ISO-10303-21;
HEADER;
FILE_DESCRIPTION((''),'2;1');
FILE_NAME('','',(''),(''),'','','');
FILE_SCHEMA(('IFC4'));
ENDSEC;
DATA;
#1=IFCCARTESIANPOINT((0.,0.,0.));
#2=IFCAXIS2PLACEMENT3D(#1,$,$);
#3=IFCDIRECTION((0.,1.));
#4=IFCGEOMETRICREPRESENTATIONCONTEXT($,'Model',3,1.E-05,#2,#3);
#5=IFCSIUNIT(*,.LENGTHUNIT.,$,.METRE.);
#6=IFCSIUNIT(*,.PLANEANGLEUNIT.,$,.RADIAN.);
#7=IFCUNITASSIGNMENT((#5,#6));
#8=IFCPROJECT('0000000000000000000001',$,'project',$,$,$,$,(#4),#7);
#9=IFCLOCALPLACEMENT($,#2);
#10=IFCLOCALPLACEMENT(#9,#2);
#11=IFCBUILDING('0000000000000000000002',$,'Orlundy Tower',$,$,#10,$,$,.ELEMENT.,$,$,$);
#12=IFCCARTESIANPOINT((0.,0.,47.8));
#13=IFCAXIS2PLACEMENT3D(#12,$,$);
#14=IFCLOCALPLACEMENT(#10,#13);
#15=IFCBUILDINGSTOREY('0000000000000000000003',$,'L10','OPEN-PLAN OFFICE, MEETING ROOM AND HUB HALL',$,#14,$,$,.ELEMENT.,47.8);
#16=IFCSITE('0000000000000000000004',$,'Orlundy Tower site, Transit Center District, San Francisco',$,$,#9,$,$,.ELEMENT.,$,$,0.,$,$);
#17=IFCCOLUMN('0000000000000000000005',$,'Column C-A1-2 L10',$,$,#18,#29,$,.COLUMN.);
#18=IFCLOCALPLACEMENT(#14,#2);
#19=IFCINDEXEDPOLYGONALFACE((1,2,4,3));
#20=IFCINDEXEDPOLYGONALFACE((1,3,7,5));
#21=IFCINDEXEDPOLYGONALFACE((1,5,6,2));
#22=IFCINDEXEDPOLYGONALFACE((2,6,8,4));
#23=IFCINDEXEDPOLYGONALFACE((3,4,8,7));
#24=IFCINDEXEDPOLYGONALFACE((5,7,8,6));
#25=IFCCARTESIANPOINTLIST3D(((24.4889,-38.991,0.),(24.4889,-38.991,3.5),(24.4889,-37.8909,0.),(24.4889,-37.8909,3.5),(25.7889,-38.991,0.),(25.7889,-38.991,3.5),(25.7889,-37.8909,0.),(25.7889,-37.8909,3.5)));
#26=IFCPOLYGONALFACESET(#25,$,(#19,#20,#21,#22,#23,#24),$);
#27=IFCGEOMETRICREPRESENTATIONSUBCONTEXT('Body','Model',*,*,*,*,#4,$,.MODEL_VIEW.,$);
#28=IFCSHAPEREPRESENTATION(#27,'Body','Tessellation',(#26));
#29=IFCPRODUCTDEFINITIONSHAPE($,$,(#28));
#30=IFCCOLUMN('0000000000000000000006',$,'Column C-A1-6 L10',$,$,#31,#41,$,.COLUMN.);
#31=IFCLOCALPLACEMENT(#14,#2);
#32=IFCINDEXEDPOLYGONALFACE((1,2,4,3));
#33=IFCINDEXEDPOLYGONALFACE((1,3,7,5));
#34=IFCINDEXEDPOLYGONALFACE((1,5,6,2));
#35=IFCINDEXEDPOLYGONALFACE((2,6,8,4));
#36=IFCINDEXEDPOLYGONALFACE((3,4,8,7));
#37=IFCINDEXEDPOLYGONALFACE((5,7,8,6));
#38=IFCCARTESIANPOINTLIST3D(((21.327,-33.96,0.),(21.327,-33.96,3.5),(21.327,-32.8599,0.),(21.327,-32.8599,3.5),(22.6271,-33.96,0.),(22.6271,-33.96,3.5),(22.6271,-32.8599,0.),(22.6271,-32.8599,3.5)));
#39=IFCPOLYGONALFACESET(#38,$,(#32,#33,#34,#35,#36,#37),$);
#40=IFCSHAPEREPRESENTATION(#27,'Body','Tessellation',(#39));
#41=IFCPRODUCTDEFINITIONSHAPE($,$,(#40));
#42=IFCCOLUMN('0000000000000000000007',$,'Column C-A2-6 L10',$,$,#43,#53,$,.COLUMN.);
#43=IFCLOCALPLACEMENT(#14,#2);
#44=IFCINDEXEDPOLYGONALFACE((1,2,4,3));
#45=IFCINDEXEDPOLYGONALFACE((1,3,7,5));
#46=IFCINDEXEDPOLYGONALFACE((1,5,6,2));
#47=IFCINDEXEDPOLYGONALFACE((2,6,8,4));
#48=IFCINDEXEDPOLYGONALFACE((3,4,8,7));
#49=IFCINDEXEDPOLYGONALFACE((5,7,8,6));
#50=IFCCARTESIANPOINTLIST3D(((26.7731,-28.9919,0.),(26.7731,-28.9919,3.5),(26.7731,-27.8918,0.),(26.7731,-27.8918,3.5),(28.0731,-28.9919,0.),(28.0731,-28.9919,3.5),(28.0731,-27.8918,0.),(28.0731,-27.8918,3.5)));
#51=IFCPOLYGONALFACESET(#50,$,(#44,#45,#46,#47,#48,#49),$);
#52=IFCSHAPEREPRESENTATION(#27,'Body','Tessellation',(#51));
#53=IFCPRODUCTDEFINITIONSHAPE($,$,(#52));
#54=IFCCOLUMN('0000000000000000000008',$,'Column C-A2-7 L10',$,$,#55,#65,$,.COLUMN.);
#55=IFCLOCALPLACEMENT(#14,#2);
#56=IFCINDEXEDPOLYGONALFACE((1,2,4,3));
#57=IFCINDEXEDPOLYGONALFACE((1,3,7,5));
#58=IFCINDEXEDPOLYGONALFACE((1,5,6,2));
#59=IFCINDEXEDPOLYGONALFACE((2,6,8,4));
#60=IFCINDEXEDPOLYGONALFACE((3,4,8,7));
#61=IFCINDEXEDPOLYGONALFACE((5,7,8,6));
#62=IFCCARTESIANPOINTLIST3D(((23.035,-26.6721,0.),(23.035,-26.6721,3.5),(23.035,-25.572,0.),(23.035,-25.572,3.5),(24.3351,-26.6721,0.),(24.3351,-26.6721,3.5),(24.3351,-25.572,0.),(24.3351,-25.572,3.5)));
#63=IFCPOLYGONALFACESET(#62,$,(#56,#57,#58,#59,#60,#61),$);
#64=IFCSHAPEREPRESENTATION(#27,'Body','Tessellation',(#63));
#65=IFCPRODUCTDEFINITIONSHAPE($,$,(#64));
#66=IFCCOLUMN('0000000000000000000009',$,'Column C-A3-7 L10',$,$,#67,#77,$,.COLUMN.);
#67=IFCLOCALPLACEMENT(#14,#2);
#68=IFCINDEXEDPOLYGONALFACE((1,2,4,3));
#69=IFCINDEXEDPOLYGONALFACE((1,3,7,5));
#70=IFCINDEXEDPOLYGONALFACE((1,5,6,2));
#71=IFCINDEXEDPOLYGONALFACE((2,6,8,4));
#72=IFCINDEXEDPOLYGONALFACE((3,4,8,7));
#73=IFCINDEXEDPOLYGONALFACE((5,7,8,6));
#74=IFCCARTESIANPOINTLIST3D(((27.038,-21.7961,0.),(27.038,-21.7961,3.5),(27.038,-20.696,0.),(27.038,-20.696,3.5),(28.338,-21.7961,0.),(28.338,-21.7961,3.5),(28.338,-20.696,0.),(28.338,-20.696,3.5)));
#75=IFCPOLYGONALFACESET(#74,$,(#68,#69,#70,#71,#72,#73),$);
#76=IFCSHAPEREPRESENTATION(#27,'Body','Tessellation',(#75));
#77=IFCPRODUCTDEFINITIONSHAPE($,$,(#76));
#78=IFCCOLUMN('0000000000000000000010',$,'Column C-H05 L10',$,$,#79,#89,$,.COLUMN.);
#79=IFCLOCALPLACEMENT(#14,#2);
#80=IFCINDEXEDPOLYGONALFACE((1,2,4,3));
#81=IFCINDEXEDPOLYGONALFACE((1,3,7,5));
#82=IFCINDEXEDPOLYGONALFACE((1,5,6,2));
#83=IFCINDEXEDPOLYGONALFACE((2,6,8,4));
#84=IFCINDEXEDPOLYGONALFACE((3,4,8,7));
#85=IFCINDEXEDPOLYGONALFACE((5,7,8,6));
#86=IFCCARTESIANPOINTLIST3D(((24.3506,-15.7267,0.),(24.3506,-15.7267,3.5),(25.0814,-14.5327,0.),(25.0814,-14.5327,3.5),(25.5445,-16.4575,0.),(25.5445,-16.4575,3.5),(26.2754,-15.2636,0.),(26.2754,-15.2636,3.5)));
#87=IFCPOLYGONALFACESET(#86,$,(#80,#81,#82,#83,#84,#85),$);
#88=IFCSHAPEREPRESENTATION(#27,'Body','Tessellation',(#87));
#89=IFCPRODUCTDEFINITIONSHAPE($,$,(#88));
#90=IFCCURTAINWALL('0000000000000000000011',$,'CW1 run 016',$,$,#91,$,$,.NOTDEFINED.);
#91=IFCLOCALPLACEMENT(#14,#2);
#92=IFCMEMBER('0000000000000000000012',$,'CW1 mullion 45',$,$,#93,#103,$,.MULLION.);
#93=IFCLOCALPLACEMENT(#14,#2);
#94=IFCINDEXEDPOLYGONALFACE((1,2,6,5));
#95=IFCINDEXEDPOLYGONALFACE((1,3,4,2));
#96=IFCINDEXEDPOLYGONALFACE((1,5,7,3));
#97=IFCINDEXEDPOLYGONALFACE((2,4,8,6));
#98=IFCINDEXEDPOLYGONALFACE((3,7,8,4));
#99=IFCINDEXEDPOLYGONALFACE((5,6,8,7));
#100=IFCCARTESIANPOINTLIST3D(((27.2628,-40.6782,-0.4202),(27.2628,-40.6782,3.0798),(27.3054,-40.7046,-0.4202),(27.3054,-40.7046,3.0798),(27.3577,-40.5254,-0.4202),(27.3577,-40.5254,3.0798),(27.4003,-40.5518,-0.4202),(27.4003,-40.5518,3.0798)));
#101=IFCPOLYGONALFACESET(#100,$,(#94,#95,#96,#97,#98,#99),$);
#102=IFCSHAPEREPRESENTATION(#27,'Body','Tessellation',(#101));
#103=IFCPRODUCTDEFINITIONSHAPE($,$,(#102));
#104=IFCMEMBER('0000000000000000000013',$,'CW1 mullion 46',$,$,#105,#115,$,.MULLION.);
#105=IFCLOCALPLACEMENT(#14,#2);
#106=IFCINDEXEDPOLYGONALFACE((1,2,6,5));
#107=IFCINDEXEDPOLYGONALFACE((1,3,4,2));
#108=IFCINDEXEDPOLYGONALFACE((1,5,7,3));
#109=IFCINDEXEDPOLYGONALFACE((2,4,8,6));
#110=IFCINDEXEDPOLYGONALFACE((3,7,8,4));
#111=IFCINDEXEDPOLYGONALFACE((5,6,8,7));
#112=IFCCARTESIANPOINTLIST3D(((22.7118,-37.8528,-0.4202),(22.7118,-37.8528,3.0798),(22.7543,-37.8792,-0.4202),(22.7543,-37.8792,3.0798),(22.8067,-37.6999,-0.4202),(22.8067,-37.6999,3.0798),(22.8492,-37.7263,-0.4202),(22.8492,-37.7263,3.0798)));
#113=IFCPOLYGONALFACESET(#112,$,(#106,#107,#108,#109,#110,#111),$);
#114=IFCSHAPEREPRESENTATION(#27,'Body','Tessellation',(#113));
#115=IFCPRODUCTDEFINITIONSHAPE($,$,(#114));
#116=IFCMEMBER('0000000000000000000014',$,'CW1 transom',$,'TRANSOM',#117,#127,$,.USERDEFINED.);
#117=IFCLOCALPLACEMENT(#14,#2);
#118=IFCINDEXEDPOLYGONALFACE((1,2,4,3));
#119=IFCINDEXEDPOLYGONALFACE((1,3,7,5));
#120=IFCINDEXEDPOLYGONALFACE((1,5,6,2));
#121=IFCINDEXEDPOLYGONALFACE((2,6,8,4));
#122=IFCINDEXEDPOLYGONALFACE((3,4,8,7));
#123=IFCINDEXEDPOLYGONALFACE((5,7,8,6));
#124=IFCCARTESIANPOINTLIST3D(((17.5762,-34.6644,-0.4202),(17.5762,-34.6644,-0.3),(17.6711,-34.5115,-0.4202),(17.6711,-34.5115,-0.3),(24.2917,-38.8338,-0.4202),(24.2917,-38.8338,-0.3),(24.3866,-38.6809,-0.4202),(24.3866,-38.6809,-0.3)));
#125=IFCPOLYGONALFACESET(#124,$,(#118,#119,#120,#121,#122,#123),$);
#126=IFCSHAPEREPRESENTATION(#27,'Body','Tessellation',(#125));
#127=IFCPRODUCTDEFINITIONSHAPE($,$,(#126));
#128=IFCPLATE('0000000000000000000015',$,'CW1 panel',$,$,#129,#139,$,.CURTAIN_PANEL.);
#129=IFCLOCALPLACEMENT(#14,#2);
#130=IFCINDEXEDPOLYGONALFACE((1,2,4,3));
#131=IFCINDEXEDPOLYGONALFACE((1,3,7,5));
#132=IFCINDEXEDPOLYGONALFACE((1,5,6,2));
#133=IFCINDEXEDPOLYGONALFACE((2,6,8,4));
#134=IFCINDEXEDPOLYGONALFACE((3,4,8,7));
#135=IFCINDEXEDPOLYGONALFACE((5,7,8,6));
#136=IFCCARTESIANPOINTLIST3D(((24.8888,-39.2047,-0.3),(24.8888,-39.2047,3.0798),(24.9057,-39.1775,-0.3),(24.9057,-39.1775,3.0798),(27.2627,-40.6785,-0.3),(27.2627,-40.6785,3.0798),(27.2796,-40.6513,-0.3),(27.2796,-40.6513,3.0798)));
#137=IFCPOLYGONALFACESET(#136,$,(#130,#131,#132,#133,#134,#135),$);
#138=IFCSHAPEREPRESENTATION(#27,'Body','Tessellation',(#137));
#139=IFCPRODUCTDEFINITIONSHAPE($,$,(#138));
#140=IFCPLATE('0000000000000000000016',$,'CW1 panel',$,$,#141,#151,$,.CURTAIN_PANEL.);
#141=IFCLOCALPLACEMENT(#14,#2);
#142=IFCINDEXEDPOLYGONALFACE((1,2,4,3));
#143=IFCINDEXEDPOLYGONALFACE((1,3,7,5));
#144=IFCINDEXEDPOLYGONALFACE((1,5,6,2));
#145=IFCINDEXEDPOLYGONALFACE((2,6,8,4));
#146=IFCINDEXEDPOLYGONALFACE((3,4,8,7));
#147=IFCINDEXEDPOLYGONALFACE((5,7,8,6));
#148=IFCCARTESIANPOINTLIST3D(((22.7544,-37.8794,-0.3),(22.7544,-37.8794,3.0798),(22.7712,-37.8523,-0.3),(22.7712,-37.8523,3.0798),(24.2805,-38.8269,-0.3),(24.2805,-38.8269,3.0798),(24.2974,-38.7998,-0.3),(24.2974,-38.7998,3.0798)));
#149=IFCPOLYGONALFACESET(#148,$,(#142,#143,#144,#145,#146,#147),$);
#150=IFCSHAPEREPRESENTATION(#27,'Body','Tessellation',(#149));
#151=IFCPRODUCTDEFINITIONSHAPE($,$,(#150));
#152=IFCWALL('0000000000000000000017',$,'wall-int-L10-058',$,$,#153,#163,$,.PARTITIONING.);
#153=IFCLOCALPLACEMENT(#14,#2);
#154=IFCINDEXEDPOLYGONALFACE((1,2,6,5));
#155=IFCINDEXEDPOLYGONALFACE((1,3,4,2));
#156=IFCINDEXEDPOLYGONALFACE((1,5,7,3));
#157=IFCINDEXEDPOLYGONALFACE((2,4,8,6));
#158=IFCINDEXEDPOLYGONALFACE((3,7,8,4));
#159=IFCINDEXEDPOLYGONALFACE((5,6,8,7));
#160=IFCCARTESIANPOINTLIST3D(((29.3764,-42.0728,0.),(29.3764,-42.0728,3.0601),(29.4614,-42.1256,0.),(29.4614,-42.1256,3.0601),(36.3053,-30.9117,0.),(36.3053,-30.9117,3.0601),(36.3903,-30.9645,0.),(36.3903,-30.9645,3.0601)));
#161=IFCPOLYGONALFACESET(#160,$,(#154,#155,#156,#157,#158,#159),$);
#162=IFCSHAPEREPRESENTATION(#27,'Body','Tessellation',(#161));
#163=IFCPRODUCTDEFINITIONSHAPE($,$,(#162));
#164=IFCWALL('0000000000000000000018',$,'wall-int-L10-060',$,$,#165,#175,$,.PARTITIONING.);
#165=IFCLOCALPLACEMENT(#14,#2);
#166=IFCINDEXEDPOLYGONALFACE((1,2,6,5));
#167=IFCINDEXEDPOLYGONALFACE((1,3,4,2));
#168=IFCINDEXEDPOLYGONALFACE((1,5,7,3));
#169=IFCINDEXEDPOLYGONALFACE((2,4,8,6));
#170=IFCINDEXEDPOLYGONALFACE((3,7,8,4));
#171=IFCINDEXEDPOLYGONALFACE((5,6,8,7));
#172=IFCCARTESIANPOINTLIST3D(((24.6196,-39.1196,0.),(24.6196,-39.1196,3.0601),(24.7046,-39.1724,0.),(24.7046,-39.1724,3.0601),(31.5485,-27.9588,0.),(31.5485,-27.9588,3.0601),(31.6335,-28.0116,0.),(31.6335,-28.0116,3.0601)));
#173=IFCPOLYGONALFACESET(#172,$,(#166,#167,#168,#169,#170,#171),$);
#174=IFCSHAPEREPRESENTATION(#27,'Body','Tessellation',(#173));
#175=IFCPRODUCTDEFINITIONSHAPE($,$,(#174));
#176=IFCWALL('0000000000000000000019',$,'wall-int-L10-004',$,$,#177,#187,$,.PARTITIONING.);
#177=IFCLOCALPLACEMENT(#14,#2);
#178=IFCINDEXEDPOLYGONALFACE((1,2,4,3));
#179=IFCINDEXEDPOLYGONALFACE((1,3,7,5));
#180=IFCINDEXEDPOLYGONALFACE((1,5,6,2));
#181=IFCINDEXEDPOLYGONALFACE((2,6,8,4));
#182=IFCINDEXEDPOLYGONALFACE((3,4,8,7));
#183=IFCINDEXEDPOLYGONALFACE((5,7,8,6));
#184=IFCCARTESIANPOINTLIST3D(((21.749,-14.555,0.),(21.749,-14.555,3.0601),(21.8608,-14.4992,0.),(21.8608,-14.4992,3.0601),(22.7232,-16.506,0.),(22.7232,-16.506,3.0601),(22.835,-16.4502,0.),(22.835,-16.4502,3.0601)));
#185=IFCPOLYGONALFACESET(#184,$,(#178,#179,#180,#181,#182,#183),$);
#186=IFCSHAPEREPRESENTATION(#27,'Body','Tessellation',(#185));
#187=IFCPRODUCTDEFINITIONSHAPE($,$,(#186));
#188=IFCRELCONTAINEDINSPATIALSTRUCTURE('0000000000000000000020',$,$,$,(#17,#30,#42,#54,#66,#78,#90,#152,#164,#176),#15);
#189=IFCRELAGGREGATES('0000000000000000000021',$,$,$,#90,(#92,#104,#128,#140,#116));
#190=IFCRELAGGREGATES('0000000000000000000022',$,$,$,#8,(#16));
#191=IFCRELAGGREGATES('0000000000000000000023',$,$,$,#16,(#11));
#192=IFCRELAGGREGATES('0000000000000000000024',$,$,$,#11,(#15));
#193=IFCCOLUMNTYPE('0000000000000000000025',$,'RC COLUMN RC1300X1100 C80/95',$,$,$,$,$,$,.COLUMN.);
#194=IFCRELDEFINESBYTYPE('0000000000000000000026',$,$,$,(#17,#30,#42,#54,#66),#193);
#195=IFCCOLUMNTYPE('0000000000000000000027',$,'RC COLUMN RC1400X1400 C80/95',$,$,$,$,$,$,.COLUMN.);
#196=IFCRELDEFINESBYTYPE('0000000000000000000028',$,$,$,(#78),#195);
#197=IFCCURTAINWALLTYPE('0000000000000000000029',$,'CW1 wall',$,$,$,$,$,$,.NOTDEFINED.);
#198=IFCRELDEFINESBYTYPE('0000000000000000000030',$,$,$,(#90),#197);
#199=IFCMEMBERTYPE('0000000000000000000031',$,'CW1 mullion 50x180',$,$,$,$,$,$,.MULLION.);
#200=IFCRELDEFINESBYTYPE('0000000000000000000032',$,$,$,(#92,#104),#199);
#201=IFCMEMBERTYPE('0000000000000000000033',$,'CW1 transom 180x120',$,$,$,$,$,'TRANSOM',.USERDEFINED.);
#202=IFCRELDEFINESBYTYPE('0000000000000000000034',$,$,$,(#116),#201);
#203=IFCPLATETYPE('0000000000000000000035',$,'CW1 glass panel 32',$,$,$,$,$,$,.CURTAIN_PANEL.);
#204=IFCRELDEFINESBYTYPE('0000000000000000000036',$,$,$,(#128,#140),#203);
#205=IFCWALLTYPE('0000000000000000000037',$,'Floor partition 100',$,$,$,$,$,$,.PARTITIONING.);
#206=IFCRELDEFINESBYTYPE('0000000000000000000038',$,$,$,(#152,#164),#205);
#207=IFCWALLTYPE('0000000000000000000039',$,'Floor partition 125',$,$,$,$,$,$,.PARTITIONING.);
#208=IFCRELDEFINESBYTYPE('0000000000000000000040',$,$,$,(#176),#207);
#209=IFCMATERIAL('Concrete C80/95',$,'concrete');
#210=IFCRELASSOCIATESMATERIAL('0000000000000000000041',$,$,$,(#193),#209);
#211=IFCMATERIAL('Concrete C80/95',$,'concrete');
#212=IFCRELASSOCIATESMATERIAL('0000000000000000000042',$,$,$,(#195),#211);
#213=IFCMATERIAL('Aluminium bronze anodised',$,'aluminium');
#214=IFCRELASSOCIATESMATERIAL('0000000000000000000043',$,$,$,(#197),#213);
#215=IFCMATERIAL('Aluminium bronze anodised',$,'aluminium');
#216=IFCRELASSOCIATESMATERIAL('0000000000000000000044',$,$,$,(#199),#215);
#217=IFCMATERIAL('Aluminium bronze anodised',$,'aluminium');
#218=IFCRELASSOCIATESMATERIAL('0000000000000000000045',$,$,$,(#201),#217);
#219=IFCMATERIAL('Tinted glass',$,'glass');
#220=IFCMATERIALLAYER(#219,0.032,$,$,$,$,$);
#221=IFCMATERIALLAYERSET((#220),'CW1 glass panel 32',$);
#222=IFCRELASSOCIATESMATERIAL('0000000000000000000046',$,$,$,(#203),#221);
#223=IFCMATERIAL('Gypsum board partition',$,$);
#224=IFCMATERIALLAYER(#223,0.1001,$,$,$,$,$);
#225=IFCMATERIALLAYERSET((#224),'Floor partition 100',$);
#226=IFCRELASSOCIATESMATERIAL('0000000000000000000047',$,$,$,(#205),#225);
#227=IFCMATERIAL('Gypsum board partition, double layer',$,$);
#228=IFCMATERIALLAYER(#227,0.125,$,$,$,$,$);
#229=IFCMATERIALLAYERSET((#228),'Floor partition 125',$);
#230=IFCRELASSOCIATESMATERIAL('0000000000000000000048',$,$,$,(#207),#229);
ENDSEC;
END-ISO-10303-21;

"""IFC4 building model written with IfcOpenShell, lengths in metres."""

from ifc_helpers import new_model, si_unit, direction, frame, frame_2d, origin, origin_2d, place, context, subcontext, project, spatial, rectangle, extrude, material, layer, layer_set, material_profile, profile_set, type_object, element, aggregate, save


model = new_model("IFC4")

# Units and contexts
model_context = context("Model", 3, precision=1e-05, world=origin(), true_north=direction((0.0, 1.0)))
body_context = subcontext(model_context, "Body", "Model", "MODEL_VIEW")
ifc_project = project(units=[si_unit("LENGTHUNIT", "METRE"), si_unit("PLANEANGLEUNIT", "RADIAN")], contexts=[model_context])

# Site, building, storey
site_placement = place(None, origin())
site = spatial("IfcSite", under=ifc_project, at=site_placement, Name="Orlundy Tower site, Transit Center District, San Francisco", CompositionType="ELEMENT", RefElevation=0.0)
building_placement = place(site_placement, origin())
building = spatial("IfcBuilding", under=site, at=building_placement, Name="Orlundy Tower", CompositionType="ELEMENT")
storey_placement = place(building_placement, frame((0.0, 0.0, 47.8)))
storey = spatial("IfcBuildingStorey", under=building, at=storey_placement, Name="L10", Description="OPEN-PLAN OFFICE, MEETING ROOM AND HUB HALL", CompositionType="ELEMENT", Elevation=47.8)

# Columns
ifc_material_1 = material(Name="Concrete C80/95", Category="concrete")
ifc_material_profile_1 = material_profile(ifc_material_1, rectangle(XDim=1.3, YDim=1.1001, at=origin_2d()), Name="RC1300X1100")
ifc_profile_set_1 = profile_set([ifc_material_profile_1], Name="Concrete C80/95")
column_type_1 = type_object("IfcColumnType", Name="RC COLUMN RC1300X1100 C80/95", PredefinedType="COLUMN", material=ifc_profile_set_1)
for number, where, z_axis, x_axis, name in (
    (1, (25.1389, -38.4409, 0.0), (0.0, 0.0, 1.0), (1.0, 0.0, 0.0), "Column C-A1-2 L10"),
    (2, (21.9771, -33.4099, 0.0), (0.0, 0.0, 1.0), (1.0, 0.0, 0.0), "Column C-A1-6 L10"),
    (3, (27.4231, -28.4419, 0.0), (0.0, 0.0, 1.0), (1.0, 0.0, 0.0), "Column C-A2-6 L10"),
    (4, (23.6851, -26.1221, 0.0), (0.0, 0.0, 1.0), (1.0, 0.0, 0.0), "Column C-A2-7 L10"),
    (5, (27.688, -21.2461, 0.0), (0.0, 0.0, 1.0), (1.0, 0.0, 0.0), "Column C-A3-7 L10"),
):
    element("IfcColumn", number, at=place(storey_placement, frame(where, z_axis=z_axis, x_axis=x_axis)), inside=storey, type_object=column_type_1, Name=name, PredefinedType="COLUMN", context=body_context, shape_type="SweptSolid", body=[
        extrude(rectangle(XDim=1.3, YDim=1.1001, at=origin_2d()), origin(), (0.0, 0.0, 1.0), 3.5),
    ])
ifc_material_2 = material(Name="Concrete C80/95", Category="concrete")
ifc_material_profile_2 = material_profile(ifc_material_2, rectangle(XDim=1.3999, YDim=1.3999, at=origin_2d()), Name="RC1400X1400")
ifc_profile_set_2 = profile_set([ifc_material_profile_2], Name="Concrete C80/95")
column_type_2 = type_object("IfcColumnType", Name="RC COLUMN RC1400X1400 C80/95", PredefinedType="COLUMN", material=ifc_profile_set_2)
column_placement = place(storey_placement, frame((25.313, -15.4951, 0.0), z_axis=(0.0, 0.0, 1.0), x_axis=(0.852895, -0.522082, 0.0)))
element("IfcColumn", 6, at=column_placement, inside=storey, type_object=column_type_2, Name="Column C-H05 L10", PredefinedType="COLUMN", context=body_context, shape_type="SweptSolid", body=[
    extrude(rectangle(XDim=1.3999, YDim=1.3999, at=origin_2d()), origin(), (0.0, 0.0, 1.0), 3.5),
])

# Curtain wall, members, plates
ifc_material_3 = material(Name="Aluminium bronze anodised", Category="aluminium")
curtain_wall_type = type_object("IfcCurtainWallType", Name="CW1 wall", PredefinedType="NOTDEFINED", material=ifc_material_3)
curtain_wall_placement = place(storey_placement, origin())
curtain_wall = element("IfcCurtainWall", 7, at=curtain_wall_placement, inside=storey, type_object=curtain_wall_type, Name="CW1 run 016", PredefinedType="NOTDEFINED")
ifc_material_4 = material(Name="Aluminium bronze anodised", Category="aluminium")
ifc_material_profile_3 = material_profile(ifc_material_4, rectangle(XDim=0.1799, YDim=0.05, at=origin_2d()), Name="CW1 mullion 50x180")
ifc_profile_set_3 = profile_set([ifc_material_profile_3], Name="Aluminium bronze anodised")
member_type_1 = type_object("IfcMemberType", Name="CW1 mullion 50x180", PredefinedType="MULLION", material=ifc_profile_set_3)
member_1_placement = place(storey_placement, frame((27.3315, -40.615, -0.4202), z_axis=(0.0, 0.0, 1.0), x_axis=(-0.527449, -0.849587, 0.0)))
member_1 = element("IfcMember", 8, at=member_1_placement, type_object=member_type_1, Name="CW1 mullion 45", PredefinedType="MULLION", context=body_context, shape_type="SweptSolid", body=[
    extrude(rectangle(XDim=0.1799, YDim=0.05, at=origin_2d()), origin(), (0.0, 0.0, 1.0), 3.5),
])
member_2_placement = place(storey_placement, frame((22.7805, -37.7896, -0.4202), z_axis=(0.0, 0.0, 1.0), x_axis=(-0.527449, -0.849587, 0.0)))
member_2 = element("IfcMember", 9, at=member_2_placement, type_object=member_type_1, Name="CW1 mullion 46", PredefinedType="MULLION", context=body_context, shape_type="SweptSolid", body=[
    extrude(rectangle(XDim=0.1799, YDim=0.05, at=origin_2d()), origin(), (0.0, 0.0, 1.0), 3.5),
])
ifc_material_5 = material(Name="Aluminium bronze anodised", Category="aluminium")
ifc_material_profile_4 = material_profile(ifc_material_5, rectangle(XDim=0.1799, YDim=0.1201, at=origin_2d()), Name="CW1 transom 180x120")
ifc_profile_set_4 = profile_set([ifc_material_profile_4], Name="Aluminium bronze anodised")
member_type_2 = type_object("IfcMemberType", Name="CW1 transom 180x120", ElementType="TRANSOM", PredefinedType="USERDEFINED", material=ifc_profile_set_4)
member_3_placement = place(storey_placement, frame((24.3391, -38.7573, -0.3601), z_axis=(-0.849575, 0.527467, 0.0), x_axis=(-0.527467, -0.849575, 0.0)))
member_3 = element("IfcMember", 10, at=member_3_placement, type_object=member_type_2, Name="CW1 transom", ObjectType="TRANSOM", PredefinedType="USERDEFINED", context=body_context, shape_type="SweptSolid", body=[
    extrude(rectangle(XDim=0.1799, YDim=0.1201, at=origin_2d()), origin(), (0.0, 0.0, 1.0), 7.9045),
])
ifc_material_6 = material(Name="Tinted glass", Category="glass")
ifc_layer_1 = layer(ifc_material_6, 0.032)
ifc_layer_set_1 = layer_set([ifc_layer_1], Name="CW1 glass panel 32")
plate_type = type_object("IfcPlateType", Name="CW1 glass panel 32", PredefinedType="CURTAIN_PANEL", material=ifc_layer_set_1)
plate_1_placement = place(storey_placement, frame((26.0842, -39.928, -0.3), z_axis=(0.0, 0.0, 1.0), x_axis=(-0.849587, 0.527449, 0.0)))
plate_1 = element("IfcPlate", 11, at=plate_1_placement, type_object=plate_type, Name="CW1 panel", PredefinedType="CURTAIN_PANEL", context=body_context, shape_type="SweptSolid", body=[
    extrude(rectangle(XDim=2.7942, YDim=0.032, at=origin_2d()), origin(), (0.0, 0.0, 1.0), 3.3799),
])
plate_2_placement = place(storey_placement, frame((23.5259, -38.3396, -0.3), z_axis=(0.0, 0.0, 1.0), x_axis=(-0.849587, 0.527449, 0.0)))
plate_2 = element("IfcPlate", 12, at=plate_2_placement, type_object=plate_type, Name="CW1 panel", PredefinedType="CURTAIN_PANEL", context=body_context, shape_type="SweptSolid", body=[
    extrude(rectangle(XDim=1.7964, YDim=0.032, at=origin_2d()), origin(), (0.0, 0.0, 1.0), 3.3799),
])
aggregate(curtain_wall, [member_1, member_2, plate_1, plate_2, member_3])

# Walls
ifc_material_7 = material(Name="Gypsum board partition")
ifc_layer_2 = layer(ifc_material_7, 0.1001)
ifc_layer_set_2 = layer_set([ifc_layer_2], Name="Floor partition 100")
wall_type_1 = type_object("IfcWallType", Name="Floor partition 100", PredefinedType="PARTITIONING", material=ifc_layer_set_2)
wall_1_placement = place(storey_placement, frame((29.4189, -42.0991, 0.0), z_axis=(0.0, 0.0, 1.0), x_axis=(0.527437, 0.849594, 0.0)))
element("IfcWall", 13, at=wall_1_placement, inside=storey, type_object=wall_type_1, Name="wall-int-L10-058", PredefinedType="PARTITIONING", context=body_context, shape_type="SweptSolid", body=[
    extrude(rectangle(XDim=13.137, YDim=0.1001, at=frame_2d((6.5684, 0.0))), origin(), (0.0, 0.0, 1.0), 3.0601),
])
wall_2_placement = place(storey_placement, frame((24.6621, -39.146, 0.0), z_axis=(0.0, 0.0, 1.0), x_axis=(0.527446, 0.849589, 0.0)))
element("IfcWall", 14, at=wall_2_placement, inside=storey, type_object=wall_type_1, Name="wall-int-L10-060", PredefinedType="PARTITIONING", context=body_context, shape_type="SweptSolid", body=[
    extrude(rectangle(XDim=13.1367, YDim=0.1001, at=frame_2d((6.5684, 0.0))), origin(), (0.0, 0.0, 1.0), 3.0601),
])
ifc_material_8 = material(Name="Gypsum board partition, double layer")
ifc_layer_3 = layer(ifc_material_8, 0.125)
ifc_layer_set_3 = layer_set([ifc_layer_3], Name="Floor partition 125")
wall_type_2 = type_object("IfcWallType", Name="Floor partition 125", PredefinedType="PARTITIONING", material=ifc_layer_set_3)
wall_3_placement = place(storey_placement, frame((21.8049, -14.5271, 0.0), z_axis=(0.0, 0.0, 1.0), x_axis=(0.446721, -0.894673, 0.0)))
element("IfcWall", 15, at=wall_3_placement, inside=storey, type_object=wall_type_2, Name="wall-int-L10-004", PredefinedType="PARTITIONING", context=body_context, shape_type="SweptSolid", body=[
    extrude(rectangle(XDim=2.1807, YDim=0.125, at=frame_2d((1.0903, 0.0))), origin(), (0.0, 0.0, 1.0), 3.0601),
])

save(model, "model.ifc")
